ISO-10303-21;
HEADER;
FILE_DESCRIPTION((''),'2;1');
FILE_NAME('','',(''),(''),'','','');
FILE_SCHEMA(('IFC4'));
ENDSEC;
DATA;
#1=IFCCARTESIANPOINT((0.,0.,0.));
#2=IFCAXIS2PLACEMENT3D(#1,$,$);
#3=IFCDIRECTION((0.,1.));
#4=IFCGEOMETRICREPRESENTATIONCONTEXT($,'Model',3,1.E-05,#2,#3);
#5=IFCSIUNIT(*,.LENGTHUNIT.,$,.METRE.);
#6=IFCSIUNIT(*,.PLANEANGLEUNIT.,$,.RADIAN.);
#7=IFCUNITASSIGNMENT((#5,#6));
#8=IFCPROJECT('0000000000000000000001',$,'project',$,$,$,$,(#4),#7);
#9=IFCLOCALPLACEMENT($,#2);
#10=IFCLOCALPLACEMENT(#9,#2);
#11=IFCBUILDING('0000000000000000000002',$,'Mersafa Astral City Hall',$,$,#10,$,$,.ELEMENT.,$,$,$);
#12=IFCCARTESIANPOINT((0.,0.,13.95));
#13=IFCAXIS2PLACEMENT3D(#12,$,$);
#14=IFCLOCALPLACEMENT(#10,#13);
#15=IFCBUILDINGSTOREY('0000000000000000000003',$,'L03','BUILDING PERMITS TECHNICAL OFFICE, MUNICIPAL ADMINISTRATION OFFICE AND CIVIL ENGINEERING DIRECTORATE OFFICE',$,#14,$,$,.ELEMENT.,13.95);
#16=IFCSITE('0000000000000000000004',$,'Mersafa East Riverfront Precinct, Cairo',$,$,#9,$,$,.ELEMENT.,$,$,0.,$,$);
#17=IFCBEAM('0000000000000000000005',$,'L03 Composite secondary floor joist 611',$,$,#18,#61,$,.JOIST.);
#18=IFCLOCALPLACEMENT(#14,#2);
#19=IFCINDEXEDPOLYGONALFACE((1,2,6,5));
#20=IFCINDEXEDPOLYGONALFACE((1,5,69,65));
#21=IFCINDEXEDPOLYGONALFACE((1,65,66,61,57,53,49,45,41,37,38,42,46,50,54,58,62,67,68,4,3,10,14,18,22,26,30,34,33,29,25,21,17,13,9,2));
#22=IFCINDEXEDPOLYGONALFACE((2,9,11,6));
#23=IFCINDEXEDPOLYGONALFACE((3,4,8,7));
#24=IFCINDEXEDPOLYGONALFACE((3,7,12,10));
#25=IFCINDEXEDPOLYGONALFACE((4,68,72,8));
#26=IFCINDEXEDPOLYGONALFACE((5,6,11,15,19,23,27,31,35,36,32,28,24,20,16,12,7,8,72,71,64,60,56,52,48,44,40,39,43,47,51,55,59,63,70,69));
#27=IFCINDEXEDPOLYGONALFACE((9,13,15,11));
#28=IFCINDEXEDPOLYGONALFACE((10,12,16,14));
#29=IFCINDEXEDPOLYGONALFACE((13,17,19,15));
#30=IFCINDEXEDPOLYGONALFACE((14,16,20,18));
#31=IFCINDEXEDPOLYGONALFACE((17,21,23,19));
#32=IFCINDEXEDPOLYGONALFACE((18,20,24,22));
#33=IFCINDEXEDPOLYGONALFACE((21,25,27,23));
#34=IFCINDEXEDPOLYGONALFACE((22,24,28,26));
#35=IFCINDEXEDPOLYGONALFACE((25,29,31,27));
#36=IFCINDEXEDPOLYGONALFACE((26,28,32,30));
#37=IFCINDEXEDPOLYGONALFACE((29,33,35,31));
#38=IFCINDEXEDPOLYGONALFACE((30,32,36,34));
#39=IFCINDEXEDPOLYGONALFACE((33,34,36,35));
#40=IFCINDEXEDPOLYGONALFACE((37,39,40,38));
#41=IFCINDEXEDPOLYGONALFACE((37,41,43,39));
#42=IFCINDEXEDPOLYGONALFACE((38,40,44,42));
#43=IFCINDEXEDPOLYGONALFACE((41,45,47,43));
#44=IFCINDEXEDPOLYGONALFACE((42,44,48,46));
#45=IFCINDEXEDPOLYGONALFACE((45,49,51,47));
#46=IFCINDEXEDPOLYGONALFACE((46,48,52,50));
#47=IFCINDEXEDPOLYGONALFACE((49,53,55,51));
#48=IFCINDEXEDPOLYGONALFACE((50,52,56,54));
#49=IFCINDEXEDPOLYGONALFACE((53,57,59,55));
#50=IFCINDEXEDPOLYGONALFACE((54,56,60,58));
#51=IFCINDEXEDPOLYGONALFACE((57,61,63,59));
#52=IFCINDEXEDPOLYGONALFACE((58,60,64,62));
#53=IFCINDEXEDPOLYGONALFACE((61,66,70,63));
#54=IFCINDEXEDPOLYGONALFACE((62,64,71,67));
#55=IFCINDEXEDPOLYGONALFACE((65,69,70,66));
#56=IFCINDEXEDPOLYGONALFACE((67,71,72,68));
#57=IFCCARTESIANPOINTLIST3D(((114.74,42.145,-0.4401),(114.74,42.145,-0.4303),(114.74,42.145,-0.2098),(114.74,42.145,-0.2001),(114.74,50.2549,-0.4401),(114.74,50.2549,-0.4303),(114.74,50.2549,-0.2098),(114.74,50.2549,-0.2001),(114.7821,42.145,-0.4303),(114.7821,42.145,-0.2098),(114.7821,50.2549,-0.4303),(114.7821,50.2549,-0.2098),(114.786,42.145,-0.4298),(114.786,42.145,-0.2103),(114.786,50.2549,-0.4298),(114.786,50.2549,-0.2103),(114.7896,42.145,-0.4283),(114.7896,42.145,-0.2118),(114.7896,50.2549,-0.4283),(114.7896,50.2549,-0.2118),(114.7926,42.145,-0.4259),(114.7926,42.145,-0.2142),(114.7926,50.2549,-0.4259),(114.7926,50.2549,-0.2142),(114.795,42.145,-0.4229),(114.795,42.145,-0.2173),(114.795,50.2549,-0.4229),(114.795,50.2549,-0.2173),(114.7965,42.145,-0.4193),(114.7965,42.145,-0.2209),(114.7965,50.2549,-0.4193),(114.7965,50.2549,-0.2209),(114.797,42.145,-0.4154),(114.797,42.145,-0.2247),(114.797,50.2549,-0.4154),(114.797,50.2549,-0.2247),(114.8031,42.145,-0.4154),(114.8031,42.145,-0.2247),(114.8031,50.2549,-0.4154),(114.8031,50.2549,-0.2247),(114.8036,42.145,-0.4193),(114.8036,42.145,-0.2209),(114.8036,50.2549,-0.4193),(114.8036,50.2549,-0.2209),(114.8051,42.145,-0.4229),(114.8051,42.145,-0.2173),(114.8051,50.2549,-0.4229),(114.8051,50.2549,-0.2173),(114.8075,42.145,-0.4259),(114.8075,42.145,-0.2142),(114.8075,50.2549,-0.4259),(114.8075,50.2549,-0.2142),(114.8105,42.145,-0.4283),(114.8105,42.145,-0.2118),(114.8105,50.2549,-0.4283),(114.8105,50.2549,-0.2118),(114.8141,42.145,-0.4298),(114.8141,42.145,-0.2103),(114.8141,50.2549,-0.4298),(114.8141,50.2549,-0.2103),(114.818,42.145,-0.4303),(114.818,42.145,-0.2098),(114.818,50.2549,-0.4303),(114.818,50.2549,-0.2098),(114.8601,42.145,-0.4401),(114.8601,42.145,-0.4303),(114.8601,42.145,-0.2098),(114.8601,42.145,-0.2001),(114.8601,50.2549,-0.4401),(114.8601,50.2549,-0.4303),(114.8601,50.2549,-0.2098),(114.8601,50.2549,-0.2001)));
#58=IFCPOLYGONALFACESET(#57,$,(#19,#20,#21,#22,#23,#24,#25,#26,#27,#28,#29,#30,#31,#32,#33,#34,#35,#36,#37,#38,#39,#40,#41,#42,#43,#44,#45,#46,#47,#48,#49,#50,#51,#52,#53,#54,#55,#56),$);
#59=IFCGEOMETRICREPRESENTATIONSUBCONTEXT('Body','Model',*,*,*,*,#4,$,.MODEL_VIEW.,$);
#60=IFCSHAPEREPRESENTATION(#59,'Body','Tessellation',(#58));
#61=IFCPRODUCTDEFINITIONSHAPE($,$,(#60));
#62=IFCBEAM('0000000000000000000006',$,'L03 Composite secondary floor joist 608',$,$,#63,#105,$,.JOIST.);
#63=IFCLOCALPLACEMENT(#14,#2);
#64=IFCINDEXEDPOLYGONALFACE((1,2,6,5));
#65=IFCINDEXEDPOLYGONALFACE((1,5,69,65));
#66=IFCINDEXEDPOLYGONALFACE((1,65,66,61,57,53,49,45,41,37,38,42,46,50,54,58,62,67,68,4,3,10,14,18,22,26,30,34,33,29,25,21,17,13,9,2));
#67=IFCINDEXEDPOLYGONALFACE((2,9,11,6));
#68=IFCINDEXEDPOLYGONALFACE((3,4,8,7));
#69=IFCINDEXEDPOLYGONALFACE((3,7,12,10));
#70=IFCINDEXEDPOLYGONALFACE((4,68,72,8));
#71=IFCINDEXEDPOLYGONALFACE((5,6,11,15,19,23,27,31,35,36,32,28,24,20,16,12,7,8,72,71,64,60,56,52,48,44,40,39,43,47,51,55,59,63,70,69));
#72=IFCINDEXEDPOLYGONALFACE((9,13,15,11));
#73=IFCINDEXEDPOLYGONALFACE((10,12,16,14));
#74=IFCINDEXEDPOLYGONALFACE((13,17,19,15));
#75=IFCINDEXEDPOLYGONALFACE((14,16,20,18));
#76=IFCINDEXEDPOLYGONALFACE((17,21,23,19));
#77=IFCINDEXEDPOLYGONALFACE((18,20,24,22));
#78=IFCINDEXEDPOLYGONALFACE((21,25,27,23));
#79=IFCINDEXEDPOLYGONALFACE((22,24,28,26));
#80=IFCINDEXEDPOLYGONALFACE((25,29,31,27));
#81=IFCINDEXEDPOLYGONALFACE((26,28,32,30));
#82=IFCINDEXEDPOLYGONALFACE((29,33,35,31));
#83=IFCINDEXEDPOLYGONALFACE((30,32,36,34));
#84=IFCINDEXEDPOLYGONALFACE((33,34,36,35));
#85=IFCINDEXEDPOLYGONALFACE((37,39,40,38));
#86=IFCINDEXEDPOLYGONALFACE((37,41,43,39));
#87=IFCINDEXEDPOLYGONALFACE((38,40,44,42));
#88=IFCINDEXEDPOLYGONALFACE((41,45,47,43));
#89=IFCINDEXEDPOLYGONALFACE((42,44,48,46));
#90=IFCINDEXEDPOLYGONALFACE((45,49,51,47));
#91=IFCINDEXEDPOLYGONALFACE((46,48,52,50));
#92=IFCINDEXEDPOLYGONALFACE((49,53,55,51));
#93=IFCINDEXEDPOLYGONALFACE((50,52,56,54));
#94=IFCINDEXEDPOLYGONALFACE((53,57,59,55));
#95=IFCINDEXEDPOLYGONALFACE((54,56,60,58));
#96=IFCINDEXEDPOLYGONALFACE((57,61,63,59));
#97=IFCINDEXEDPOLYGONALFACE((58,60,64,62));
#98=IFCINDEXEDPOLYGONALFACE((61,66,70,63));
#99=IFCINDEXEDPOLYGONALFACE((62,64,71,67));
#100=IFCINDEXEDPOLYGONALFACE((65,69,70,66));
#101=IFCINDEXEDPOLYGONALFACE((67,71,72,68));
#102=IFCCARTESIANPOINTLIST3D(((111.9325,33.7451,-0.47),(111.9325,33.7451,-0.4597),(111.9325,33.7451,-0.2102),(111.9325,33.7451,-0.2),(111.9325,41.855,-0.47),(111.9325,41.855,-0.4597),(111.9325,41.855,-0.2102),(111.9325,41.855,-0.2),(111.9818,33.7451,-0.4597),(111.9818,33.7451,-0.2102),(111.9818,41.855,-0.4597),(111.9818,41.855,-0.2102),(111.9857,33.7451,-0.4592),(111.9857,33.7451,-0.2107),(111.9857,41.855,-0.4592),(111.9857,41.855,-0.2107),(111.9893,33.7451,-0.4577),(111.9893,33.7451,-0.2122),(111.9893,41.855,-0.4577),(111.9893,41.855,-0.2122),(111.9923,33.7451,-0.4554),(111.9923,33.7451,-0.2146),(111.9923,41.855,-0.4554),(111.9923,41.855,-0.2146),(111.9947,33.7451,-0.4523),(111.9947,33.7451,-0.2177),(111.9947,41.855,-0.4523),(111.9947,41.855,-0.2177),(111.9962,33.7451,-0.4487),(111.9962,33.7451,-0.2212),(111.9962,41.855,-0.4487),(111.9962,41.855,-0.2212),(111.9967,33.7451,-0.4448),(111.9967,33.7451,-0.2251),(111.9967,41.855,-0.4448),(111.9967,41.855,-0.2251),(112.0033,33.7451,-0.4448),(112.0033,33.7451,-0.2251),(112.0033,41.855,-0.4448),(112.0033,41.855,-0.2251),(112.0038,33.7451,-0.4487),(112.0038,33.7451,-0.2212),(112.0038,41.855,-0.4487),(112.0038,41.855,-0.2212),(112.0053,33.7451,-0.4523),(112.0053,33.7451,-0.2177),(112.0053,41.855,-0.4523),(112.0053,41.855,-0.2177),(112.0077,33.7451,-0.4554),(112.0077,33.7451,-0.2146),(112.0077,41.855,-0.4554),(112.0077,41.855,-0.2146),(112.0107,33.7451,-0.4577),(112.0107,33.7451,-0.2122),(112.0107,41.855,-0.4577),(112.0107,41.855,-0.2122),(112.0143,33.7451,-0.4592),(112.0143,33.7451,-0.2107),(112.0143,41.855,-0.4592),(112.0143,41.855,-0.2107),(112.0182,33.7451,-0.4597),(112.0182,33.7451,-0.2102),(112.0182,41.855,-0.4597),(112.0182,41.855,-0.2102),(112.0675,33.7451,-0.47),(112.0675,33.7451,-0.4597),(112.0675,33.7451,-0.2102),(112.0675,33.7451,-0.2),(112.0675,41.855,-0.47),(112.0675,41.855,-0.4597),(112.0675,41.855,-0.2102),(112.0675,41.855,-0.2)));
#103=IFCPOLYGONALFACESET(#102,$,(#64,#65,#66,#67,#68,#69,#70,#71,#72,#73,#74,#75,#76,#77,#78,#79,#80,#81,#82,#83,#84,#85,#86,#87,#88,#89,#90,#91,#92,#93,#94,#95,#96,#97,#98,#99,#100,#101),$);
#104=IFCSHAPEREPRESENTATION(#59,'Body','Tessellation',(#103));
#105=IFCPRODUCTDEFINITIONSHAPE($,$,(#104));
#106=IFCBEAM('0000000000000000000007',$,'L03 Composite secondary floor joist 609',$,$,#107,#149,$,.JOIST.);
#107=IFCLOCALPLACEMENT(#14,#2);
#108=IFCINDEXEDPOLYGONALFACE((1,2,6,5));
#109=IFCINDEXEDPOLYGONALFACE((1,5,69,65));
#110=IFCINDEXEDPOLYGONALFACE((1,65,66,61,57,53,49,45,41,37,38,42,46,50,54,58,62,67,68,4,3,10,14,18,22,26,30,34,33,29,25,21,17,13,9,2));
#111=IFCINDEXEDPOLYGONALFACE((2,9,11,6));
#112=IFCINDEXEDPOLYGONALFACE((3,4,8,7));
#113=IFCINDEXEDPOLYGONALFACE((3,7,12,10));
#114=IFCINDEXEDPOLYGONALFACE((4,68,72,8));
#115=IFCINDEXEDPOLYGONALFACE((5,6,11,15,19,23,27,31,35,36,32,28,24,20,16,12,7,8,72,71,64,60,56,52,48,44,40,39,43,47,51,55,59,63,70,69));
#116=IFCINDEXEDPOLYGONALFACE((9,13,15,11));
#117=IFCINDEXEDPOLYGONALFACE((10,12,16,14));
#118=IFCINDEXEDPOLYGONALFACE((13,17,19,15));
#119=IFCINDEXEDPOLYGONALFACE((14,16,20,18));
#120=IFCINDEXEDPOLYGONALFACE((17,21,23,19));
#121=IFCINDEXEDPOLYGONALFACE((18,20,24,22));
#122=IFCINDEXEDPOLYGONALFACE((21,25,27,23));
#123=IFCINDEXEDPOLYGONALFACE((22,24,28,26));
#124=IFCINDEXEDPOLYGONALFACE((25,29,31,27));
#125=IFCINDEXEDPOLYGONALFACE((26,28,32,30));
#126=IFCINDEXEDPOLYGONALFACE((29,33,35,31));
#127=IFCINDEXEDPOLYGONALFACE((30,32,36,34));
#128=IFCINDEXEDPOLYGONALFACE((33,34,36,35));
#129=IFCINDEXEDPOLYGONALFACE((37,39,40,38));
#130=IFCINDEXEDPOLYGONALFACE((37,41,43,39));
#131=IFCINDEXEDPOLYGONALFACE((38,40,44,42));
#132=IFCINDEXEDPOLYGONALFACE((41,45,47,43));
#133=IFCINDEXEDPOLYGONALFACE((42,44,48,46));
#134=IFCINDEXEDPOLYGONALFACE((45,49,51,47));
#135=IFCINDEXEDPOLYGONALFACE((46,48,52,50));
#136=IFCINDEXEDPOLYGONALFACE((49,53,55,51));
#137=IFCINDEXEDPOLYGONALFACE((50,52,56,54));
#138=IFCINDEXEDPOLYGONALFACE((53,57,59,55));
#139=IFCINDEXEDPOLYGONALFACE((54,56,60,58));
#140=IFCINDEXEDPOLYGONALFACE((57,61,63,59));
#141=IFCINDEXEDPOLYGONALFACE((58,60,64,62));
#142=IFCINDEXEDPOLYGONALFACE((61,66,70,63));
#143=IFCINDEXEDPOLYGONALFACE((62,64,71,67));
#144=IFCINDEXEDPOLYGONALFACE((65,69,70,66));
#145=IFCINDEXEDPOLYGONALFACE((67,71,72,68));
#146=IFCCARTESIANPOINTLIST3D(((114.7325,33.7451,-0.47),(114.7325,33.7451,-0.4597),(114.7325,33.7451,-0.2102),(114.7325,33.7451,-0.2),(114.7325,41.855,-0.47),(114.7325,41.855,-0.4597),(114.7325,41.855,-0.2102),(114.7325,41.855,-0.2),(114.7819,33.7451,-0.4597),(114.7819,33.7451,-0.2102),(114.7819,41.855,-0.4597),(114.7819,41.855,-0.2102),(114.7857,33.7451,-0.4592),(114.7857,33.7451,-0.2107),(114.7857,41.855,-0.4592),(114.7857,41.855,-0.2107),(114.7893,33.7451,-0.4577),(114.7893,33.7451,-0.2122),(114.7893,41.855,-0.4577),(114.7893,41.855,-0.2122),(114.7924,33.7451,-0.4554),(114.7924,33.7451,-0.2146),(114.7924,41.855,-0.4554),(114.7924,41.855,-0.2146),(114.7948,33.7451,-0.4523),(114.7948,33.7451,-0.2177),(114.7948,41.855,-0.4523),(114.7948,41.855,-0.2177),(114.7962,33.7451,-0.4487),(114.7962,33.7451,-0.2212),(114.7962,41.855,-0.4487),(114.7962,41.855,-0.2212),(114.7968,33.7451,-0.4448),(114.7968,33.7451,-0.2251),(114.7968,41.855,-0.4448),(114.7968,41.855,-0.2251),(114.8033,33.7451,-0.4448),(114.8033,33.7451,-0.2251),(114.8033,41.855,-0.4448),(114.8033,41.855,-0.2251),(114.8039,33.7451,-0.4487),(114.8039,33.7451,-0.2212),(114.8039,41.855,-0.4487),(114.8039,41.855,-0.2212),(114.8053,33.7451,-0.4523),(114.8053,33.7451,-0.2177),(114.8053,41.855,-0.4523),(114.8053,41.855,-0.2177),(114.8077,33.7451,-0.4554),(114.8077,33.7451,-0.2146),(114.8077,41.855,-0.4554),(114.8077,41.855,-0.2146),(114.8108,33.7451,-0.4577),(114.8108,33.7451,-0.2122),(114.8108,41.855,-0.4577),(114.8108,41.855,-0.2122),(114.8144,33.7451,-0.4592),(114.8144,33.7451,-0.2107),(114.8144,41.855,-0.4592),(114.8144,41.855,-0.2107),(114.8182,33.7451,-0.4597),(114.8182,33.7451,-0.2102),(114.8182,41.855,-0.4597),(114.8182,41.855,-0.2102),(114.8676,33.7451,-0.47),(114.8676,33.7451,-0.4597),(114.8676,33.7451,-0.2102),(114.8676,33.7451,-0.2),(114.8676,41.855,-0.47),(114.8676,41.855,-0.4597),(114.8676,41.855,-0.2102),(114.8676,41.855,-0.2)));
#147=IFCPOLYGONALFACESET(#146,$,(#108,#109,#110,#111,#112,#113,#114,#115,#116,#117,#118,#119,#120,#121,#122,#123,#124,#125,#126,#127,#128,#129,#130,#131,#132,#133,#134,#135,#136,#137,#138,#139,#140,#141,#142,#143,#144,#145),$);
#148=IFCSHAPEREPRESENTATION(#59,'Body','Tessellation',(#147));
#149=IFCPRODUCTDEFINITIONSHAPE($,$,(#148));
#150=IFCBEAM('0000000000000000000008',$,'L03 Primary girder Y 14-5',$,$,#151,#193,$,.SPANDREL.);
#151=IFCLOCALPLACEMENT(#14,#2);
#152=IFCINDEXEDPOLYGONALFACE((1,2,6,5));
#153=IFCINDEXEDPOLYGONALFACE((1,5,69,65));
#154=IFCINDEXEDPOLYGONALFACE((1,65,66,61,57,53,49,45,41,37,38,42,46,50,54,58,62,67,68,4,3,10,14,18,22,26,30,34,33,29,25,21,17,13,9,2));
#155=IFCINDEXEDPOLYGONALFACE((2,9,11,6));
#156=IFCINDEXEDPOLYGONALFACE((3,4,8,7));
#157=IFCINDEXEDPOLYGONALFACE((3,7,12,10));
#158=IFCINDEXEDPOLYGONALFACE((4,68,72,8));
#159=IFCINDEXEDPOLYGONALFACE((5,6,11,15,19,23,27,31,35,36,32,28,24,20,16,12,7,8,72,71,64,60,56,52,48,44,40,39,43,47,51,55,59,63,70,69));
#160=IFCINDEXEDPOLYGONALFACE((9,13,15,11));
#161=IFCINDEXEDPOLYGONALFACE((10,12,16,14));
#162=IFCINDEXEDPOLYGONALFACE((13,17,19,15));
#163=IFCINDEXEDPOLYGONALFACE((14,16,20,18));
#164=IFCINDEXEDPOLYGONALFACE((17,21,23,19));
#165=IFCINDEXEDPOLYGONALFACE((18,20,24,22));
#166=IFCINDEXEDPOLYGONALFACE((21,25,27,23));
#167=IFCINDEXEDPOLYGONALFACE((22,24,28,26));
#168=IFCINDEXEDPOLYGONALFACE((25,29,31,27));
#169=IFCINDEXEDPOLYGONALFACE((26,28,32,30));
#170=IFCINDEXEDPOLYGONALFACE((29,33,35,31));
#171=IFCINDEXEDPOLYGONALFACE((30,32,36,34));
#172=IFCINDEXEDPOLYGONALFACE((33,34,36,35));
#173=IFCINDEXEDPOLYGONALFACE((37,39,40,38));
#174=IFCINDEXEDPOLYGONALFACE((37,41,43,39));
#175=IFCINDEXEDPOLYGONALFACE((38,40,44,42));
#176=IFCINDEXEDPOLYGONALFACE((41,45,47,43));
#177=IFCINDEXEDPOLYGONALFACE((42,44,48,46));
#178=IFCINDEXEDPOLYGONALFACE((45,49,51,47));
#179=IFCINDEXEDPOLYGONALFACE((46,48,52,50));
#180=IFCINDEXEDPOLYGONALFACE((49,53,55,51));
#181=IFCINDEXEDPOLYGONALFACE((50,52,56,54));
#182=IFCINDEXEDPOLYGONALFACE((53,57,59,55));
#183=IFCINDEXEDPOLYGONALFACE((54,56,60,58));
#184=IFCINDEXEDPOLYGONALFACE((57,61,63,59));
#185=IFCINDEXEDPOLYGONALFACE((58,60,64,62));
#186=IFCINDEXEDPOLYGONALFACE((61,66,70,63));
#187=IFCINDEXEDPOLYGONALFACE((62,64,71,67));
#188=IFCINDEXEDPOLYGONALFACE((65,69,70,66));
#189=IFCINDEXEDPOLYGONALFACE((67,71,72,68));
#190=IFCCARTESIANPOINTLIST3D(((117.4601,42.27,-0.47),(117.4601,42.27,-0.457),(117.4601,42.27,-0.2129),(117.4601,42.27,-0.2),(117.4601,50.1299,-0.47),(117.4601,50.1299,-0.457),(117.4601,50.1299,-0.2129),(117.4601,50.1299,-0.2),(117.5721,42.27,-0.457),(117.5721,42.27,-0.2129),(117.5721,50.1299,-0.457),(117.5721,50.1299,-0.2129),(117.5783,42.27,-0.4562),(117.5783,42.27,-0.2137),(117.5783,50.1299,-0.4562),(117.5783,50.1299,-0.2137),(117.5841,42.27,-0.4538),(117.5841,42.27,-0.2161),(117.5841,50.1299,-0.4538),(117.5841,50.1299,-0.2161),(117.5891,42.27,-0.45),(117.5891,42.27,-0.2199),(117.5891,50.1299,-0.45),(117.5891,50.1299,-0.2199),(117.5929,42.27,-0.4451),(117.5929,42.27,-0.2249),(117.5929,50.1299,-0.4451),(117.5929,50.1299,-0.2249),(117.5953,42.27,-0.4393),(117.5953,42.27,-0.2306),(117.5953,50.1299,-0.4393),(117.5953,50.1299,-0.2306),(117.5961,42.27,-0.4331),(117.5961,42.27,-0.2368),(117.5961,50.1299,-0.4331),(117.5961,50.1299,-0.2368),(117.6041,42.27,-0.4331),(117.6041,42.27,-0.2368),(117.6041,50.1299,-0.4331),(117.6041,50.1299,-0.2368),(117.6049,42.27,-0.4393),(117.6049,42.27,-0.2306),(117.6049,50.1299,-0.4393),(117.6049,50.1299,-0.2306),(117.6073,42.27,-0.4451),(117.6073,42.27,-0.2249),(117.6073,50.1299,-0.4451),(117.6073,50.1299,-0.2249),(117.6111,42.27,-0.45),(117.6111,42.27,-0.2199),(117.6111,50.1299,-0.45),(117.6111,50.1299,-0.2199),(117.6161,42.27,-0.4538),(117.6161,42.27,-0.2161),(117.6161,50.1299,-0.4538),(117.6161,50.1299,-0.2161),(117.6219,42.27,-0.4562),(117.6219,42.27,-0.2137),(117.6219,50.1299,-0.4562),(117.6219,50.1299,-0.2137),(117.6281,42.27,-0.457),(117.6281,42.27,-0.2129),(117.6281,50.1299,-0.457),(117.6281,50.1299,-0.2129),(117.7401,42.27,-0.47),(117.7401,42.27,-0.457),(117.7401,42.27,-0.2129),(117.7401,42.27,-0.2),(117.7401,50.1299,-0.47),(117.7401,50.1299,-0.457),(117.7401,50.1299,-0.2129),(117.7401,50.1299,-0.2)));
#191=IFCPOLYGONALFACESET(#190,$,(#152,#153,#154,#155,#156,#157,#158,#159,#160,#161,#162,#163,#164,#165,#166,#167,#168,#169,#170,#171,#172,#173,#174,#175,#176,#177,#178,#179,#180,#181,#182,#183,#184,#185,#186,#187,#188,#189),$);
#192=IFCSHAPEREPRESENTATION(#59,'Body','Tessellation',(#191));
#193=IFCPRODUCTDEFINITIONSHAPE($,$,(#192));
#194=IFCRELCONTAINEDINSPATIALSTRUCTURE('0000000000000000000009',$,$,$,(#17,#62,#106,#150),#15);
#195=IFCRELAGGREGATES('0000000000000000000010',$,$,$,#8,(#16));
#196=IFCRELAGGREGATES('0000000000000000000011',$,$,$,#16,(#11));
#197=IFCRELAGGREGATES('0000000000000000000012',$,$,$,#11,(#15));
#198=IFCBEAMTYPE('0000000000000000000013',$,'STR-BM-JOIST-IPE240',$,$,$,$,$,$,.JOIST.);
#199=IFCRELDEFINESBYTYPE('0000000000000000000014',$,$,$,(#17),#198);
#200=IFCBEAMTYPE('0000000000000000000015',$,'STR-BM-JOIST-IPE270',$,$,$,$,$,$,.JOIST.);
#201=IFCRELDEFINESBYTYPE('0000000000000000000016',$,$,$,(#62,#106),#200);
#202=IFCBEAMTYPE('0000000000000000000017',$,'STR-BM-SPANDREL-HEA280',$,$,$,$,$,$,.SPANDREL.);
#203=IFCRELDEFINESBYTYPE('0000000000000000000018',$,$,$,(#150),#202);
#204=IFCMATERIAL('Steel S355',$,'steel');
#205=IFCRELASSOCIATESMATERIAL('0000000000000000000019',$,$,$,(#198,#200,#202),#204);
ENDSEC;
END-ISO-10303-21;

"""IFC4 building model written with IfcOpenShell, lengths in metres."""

from ifc_helpers import new_model, si_unit, direction, frame, origin, origin_2d, place, context, subcontext, project, spatial, i_section, extrude, material, material_profile, profile_set, type_object, element, save


model = new_model("IFC4")

# Units and contexts
model_context = context("Model", 3, precision=1e-05, world=origin(), true_north=direction((0.0, 1.0)))
body_context = subcontext(model_context, "Body", "Model", "MODEL_VIEW")
ifc_project = project(units=[si_unit("LENGTHUNIT", "METRE"), si_unit("PLANEANGLEUNIT", "RADIAN")], contexts=[model_context])

# Site, building, storey
site_placement = place(None, origin())
site = spatial("IfcSite", under=ifc_project, at=site_placement, Name="Mersafa East Riverfront Precinct, Cairo", CompositionType="ELEMENT", RefElevation=0.0)
building_placement = place(site_placement, origin())
building = spatial("IfcBuilding", under=site, at=building_placement, Name="Mersafa Astral City Hall", CompositionType="ELEMENT")
storey_placement = place(building_placement, frame((0.0, 0.0, 13.95)))
storey = spatial("IfcBuildingStorey", under=building, at=storey_placement, Name="L03", Description="BUILDING PERMITS TECHNICAL OFFICE, MUNICIPAL ADMINISTRATION OFFICE AND CIVIL ENGINEERING DIRECTORATE OFFICE", CompositionType="ELEMENT", Elevation=13.95)

# Shared definitions
ifc_material_1 = material(Name="Steel S355", Category="steel")

# Beams
ifc_material_profile_1 = material_profile(ifc_material_1, i_section(OverallWidth=0.1201, OverallDepth=0.24, WebThickness=0.0061, FlangeThickness=0.0098, FilletRadius=0.0149, at=origin_2d()), Name="IPE 240")
ifc_profile_set_1 = profile_set([ifc_material_profile_1], Name="Steel S355")
beam_type_1 = type_object("IfcBeamType", Name="STR-BM-JOIST-IPE240", PredefinedType="JOIST", material=ifc_profile_set_1)
for number, where, z_axis, x_axis, name in (
    (1, (114.8, 42.145, -0.3201), (0.0, 1.0, 0.0), (-1.0, 0.0, 0.0), "L03 Composite secondary floor joist 611"),
):
    element("IfcBeam", number, at=place(storey_placement, frame(where, z_axis=z_axis, x_axis=x_axis)), inside=storey, type_object=beam_type_1, Name=name, PredefinedType="JOIST", context=body_context, shape_type="SweptSolid", body=[
        extrude(i_section(OverallWidth=0.1201, OverallDepth=0.24, WebThickness=0.0061, FlangeThickness=0.0098, FilletRadius=0.0149, at=origin_2d()), origin(), (0.0, 0.0, 1.0), 8.1099),
    ])
ifc_material_profile_2 = material_profile(ifc_material_1, i_section(OverallWidth=0.135, OverallDepth=0.27, WebThickness=0.0066, FlangeThickness=0.0103, FilletRadius=0.0149, at=origin_2d()), Name="IPE 270")
ifc_profile_set_2 = profile_set([ifc_material_profile_2], Name="Steel S355")
beam_type_2 = type_object("IfcBeamType", Name="STR-BM-JOIST-IPE270", PredefinedType="JOIST", material=ifc_profile_set_2)
for number, where, z_axis, x_axis, name in (
    (2, (112.0, 33.7451, -0.335), (0.0, 1.0, 0.0), (-1.0, 0.0, 0.0), "L03 Composite secondary floor joist 608"),
    (3, (114.8, 33.7451, -0.335), (0.0, 1.0, 0.0), (-1.0, 0.0, 0.0), "L03 Composite secondary floor joist 609"),
):
    element("IfcBeam", number, at=place(storey_placement, frame(where, z_axis=z_axis, x_axis=x_axis)), inside=storey, type_object=beam_type_2, Name=name, PredefinedType="JOIST", context=body_context, shape_type="SweptSolid", body=[
        extrude(i_section(OverallWidth=0.135, OverallDepth=0.27, WebThickness=0.0066, FlangeThickness=0.0103, FilletRadius=0.0149, at=origin_2d()), origin(), (0.0, 0.0, 1.0), 8.1099),
    ])
ifc_material_profile_3 = material_profile(ifc_material_1, i_section(OverallWidth=0.28, OverallDepth=0.27, WebThickness=0.0081, FlangeThickness=0.0129, FilletRadius=0.0239, at=origin_2d()), Name="HEA 280")
ifc_profile_set_3 = profile_set([ifc_material_profile_3], Name="Steel S355")
beam_type_3 = type_object("IfcBeamType", Name="STR-BM-SPANDREL-HEA280", PredefinedType="SPANDREL", material=ifc_profile_set_3)
beam_1_placement = place(storey_placement, frame((117.6001, 42.27, -0.335), z_axis=(0.0, 1.0, 0.0), x_axis=(-1.0, 0.0, 0.0)))
element("IfcBeam", 4, at=beam_1_placement, inside=storey, type_object=beam_type_3, Name="L03 Primary girder Y 14-5", PredefinedType="SPANDREL", context=body_context, shape_type="SweptSolid", body=[
    extrude(i_section(OverallWidth=0.28, OverallDepth=0.27, WebThickness=0.0081, FlangeThickness=0.0129, FilletRadius=0.0239, at=origin_2d()), origin(), (0.0, 0.0, 1.0), 7.8599),
])

save(model, "model.ifc")
